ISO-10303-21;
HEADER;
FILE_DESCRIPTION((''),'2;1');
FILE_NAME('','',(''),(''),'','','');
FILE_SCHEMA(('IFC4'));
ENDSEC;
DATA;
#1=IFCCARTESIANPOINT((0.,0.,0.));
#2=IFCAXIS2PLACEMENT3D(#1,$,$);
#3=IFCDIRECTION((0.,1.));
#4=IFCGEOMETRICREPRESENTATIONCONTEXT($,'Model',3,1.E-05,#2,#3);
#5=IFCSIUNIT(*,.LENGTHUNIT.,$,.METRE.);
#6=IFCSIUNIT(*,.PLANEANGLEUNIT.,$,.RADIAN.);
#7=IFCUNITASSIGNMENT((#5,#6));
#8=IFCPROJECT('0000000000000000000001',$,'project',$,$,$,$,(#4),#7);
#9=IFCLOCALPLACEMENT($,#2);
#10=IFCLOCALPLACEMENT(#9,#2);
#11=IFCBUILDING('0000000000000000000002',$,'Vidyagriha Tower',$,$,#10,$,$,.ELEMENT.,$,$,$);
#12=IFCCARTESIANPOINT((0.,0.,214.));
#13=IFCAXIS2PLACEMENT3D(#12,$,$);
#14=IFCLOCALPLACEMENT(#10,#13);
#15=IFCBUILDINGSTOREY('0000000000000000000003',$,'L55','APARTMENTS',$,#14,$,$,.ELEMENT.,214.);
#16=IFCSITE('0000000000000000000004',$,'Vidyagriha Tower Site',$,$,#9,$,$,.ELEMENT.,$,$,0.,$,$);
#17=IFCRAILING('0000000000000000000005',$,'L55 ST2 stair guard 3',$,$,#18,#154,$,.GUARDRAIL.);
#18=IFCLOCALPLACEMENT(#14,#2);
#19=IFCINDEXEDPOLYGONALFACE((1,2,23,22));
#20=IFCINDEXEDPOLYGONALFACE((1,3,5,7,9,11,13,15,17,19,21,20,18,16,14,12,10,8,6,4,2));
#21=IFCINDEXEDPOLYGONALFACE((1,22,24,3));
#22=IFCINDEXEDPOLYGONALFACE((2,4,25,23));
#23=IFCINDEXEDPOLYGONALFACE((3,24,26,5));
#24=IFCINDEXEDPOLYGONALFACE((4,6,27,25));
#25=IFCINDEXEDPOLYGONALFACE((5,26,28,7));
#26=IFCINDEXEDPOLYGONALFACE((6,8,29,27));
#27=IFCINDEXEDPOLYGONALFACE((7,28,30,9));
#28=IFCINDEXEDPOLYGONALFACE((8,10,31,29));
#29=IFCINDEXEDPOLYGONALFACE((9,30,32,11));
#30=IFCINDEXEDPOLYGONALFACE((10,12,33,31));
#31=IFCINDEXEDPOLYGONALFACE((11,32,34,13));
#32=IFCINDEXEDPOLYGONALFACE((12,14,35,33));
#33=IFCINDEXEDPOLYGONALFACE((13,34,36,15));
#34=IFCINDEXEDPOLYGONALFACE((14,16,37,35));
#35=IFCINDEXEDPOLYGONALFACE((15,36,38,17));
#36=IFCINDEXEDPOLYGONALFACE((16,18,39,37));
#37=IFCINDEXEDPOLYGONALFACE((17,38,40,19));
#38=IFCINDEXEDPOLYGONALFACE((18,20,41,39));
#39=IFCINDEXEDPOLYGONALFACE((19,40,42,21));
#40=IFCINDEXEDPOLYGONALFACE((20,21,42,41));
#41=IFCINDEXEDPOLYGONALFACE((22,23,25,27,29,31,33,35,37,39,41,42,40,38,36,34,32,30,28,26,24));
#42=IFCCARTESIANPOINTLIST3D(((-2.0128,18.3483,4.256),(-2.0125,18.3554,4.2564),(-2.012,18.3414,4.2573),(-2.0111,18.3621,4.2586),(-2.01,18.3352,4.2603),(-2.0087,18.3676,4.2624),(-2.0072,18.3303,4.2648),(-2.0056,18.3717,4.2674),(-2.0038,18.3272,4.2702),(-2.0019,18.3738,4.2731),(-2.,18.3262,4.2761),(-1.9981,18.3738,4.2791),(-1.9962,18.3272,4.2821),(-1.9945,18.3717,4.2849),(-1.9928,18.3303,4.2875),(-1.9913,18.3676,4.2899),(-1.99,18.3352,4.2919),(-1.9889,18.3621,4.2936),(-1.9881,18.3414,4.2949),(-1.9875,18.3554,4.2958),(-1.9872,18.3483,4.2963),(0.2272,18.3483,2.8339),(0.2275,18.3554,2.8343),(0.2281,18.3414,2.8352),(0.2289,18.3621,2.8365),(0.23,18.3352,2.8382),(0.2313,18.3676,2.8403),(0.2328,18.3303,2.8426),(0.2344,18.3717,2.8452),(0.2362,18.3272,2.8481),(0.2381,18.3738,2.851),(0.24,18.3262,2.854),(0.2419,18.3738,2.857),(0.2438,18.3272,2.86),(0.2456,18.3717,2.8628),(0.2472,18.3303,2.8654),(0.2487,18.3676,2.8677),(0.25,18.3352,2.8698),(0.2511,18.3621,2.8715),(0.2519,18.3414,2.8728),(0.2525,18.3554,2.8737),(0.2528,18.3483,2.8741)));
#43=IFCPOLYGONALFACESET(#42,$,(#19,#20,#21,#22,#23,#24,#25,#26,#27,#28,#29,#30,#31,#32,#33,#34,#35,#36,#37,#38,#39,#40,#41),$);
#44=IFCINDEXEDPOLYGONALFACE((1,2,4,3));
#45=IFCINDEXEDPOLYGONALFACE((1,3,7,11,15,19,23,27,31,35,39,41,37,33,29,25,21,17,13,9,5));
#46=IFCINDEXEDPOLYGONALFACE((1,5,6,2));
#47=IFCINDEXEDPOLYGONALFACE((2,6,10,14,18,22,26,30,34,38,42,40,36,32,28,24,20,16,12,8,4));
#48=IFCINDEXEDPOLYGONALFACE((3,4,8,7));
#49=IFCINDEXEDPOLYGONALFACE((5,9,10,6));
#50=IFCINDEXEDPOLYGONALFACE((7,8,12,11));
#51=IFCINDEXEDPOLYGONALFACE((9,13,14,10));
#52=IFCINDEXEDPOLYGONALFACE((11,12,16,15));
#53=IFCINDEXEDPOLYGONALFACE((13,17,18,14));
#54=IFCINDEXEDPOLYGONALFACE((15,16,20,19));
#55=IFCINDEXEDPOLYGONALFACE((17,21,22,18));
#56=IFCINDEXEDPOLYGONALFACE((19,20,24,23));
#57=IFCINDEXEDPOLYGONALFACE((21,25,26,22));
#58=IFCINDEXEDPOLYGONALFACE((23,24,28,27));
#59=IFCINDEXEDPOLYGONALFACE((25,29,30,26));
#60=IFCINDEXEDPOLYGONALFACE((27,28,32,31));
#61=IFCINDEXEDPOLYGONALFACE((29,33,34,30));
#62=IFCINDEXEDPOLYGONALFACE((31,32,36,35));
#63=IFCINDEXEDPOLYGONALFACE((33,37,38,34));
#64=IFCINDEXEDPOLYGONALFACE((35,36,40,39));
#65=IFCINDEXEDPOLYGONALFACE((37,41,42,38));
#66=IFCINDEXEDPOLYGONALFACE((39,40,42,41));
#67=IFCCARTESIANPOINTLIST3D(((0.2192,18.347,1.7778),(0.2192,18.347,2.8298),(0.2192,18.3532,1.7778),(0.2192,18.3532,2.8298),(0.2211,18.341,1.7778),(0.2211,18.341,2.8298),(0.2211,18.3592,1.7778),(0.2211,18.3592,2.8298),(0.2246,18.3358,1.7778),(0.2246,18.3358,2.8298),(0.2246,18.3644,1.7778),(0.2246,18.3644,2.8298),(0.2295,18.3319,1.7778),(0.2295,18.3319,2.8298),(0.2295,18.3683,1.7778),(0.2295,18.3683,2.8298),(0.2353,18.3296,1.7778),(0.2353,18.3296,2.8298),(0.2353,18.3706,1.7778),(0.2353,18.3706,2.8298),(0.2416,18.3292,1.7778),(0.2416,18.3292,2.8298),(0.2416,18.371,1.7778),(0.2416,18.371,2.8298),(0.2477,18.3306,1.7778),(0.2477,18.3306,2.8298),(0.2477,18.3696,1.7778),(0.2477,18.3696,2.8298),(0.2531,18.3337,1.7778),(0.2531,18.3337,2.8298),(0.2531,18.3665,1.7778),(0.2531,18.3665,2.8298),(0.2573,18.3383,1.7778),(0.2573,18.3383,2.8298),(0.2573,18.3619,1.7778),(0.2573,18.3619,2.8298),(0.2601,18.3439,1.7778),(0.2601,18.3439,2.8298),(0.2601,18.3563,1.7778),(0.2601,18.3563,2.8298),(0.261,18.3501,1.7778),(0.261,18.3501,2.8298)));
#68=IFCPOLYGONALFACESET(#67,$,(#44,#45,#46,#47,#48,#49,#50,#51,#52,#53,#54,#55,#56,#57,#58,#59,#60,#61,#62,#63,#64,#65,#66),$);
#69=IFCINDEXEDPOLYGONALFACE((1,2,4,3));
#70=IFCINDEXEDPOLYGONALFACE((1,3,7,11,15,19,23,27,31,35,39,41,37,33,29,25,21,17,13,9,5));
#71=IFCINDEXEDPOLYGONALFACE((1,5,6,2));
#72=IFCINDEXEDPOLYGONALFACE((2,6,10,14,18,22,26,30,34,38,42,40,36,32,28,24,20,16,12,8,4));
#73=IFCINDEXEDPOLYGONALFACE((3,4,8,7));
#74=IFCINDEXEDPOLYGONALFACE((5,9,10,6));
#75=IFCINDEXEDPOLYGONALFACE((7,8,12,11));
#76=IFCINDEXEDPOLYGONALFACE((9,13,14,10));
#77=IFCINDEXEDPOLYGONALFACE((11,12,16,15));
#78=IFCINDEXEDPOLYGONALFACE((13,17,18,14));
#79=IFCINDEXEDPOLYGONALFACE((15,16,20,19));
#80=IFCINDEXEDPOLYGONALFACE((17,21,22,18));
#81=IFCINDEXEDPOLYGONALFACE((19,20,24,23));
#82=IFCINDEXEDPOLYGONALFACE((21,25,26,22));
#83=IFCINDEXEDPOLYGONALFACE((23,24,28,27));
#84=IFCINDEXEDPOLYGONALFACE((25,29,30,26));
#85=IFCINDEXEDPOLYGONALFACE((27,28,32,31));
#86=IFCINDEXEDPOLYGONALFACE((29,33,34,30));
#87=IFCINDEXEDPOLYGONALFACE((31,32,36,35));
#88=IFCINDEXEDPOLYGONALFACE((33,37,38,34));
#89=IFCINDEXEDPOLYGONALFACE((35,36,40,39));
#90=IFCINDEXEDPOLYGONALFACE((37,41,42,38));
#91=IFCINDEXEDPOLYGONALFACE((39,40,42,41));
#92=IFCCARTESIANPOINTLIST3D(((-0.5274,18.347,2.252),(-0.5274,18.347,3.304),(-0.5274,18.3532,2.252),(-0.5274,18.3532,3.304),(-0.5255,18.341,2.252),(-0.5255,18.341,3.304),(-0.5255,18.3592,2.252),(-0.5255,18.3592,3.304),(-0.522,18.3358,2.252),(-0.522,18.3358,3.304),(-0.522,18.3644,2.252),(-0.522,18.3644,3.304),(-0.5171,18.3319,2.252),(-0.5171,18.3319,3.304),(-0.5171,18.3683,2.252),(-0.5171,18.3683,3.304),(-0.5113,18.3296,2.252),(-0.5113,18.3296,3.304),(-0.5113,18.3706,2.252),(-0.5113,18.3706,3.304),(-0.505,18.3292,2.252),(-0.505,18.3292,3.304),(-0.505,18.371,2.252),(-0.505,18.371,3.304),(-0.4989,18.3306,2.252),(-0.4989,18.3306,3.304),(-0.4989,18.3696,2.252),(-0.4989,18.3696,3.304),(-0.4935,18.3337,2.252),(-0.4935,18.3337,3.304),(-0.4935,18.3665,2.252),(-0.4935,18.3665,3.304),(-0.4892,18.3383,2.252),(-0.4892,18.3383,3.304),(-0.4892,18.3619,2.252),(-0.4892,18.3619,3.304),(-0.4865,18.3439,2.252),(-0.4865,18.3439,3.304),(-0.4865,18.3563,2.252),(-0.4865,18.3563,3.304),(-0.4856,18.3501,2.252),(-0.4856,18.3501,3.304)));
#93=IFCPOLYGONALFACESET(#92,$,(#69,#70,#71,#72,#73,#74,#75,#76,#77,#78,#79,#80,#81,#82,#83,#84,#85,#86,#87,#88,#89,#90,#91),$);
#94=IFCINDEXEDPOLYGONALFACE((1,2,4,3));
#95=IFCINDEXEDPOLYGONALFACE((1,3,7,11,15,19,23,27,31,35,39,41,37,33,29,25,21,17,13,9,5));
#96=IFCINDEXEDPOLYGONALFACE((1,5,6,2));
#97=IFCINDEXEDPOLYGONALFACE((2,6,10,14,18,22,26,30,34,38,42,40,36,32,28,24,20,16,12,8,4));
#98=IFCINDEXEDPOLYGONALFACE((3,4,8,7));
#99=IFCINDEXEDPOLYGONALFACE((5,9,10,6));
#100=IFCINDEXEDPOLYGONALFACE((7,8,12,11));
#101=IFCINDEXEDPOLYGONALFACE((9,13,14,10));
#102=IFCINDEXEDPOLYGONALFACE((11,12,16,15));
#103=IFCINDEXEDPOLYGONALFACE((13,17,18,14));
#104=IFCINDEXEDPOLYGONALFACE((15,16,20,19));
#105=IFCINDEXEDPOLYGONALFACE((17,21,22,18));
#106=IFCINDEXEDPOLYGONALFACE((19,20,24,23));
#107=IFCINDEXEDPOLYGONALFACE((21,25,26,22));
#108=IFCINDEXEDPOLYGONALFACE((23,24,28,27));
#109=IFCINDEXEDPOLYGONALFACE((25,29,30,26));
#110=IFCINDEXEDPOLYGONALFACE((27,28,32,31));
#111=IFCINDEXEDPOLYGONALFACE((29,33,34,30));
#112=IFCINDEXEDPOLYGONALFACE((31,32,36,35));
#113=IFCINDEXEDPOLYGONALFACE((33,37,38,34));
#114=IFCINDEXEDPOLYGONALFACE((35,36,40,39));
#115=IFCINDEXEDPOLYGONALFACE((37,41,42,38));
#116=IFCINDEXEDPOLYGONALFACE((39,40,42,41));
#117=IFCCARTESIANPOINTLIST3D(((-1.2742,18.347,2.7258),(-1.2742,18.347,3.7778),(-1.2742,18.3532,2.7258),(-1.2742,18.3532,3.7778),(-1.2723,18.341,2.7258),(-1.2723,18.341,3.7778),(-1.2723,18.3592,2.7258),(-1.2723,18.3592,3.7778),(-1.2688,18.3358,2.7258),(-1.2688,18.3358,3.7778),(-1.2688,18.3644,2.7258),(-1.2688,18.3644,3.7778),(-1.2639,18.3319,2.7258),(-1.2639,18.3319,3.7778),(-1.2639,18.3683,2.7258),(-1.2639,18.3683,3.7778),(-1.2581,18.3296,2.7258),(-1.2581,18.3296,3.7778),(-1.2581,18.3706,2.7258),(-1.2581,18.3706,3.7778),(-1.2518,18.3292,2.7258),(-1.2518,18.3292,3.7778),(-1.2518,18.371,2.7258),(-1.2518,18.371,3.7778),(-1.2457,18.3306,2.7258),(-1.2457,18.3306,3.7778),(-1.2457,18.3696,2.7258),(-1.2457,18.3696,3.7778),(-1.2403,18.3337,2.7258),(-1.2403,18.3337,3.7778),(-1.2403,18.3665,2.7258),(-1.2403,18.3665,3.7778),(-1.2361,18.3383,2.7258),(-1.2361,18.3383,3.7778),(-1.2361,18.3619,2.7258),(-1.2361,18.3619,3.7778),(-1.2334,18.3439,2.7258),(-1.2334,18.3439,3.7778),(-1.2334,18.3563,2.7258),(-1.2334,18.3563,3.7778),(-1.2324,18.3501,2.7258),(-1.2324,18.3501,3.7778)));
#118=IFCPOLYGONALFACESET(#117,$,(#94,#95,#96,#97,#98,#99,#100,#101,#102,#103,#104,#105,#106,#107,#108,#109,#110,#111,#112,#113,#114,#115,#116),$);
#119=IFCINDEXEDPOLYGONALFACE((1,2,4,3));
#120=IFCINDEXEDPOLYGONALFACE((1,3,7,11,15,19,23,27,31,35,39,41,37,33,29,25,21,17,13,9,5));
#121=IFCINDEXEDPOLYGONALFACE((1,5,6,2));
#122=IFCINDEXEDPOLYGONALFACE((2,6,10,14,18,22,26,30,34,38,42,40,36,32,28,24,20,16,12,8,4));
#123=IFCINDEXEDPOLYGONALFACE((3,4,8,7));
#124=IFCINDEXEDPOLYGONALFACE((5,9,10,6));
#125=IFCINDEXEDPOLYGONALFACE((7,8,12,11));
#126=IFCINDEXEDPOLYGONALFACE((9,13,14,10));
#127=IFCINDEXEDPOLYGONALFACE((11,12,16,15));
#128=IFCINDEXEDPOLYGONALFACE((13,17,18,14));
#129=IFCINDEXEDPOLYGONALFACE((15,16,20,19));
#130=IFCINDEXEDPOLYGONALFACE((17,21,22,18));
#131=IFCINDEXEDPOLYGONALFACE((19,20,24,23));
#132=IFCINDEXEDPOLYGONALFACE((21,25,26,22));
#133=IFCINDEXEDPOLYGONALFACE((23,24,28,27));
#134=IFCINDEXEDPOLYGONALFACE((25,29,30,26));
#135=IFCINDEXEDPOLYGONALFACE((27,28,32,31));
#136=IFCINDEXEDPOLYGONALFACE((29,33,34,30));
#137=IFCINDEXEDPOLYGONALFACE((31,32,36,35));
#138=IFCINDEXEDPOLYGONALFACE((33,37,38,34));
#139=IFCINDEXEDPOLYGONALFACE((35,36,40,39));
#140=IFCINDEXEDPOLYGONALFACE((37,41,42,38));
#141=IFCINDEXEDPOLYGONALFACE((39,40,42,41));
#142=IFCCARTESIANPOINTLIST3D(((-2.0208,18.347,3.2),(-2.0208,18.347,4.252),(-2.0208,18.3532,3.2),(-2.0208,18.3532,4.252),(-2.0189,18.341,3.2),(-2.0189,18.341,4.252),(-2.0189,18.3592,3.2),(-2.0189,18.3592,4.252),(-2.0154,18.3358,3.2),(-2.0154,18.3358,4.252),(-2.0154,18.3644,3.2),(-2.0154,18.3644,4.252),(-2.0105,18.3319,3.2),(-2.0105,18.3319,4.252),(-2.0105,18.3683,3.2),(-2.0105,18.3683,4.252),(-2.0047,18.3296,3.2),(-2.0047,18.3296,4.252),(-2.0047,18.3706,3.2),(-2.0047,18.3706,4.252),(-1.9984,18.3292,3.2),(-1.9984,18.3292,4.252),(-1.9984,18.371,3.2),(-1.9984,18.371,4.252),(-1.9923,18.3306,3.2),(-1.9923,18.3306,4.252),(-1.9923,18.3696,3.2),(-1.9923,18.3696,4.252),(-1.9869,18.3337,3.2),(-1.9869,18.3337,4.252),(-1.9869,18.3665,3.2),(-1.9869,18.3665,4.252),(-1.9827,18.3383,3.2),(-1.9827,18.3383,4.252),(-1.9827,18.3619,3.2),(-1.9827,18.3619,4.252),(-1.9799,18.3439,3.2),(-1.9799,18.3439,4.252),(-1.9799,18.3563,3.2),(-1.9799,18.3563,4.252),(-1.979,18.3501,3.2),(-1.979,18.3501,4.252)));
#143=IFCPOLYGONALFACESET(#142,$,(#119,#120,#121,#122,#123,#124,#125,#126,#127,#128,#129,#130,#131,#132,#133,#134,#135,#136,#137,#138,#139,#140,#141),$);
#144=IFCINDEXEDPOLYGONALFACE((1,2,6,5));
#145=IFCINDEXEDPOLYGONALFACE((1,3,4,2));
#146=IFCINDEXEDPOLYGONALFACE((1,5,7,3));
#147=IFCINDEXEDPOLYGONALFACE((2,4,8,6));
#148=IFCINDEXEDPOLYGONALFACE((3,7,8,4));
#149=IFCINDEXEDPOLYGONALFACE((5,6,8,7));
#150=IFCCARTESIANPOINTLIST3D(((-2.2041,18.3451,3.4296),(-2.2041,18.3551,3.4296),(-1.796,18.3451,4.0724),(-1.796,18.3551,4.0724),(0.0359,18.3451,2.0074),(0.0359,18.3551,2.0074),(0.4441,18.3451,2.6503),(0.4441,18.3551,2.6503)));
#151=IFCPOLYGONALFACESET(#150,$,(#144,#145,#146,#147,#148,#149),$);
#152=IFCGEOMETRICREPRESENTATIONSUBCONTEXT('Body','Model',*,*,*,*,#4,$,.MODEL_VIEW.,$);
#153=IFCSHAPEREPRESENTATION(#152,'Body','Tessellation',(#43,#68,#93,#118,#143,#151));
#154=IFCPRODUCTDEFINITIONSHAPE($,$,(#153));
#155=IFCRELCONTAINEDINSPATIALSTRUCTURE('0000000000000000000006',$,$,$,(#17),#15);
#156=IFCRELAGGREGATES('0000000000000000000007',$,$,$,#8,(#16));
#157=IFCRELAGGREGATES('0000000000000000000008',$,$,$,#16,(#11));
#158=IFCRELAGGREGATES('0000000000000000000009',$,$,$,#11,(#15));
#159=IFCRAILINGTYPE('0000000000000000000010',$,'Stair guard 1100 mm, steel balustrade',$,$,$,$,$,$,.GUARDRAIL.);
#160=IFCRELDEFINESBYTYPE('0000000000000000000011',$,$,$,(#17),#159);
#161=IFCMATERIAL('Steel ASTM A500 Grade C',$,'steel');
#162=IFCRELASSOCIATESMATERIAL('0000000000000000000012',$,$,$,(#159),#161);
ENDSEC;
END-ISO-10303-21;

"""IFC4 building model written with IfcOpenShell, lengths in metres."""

from ifc_helpers import new_model, si_unit, direction, frame, origin, origin_2d, place, context, subcontext, project, spatial, rectangle, circle, extrude, material, type_object, element, save


model = new_model("IFC4")

# Units and contexts
model_context = context("Model", 3, precision=1e-05, world=origin(), true_north=direction((0.0, 1.0)))
body_context = subcontext(model_context, "Body", "Model", "MODEL_VIEW")
ifc_project = project(units=[si_unit("LENGTHUNIT", "METRE"), si_unit("PLANEANGLEUNIT", "RADIAN")], contexts=[model_context])

# Site, building, storey
site_placement = place(None, origin())
site = spatial("IfcSite", under=ifc_project, at=site_placement, Name="Vidyagriha Tower Site", CompositionType="ELEMENT", RefElevation=0.0)
building_placement = place(site_placement, origin())
building = spatial("IfcBuilding", under=site, at=building_placement, Name="Vidyagriha Tower", CompositionType="ELEMENT")
storey_placement = place(building_placement, frame((0.0, 0.0, 214.0)))
storey = spatial("IfcBuildingStorey", under=building, at=storey_placement, Name="L55", Description="APARTMENTS", CompositionType="ELEMENT", Elevation=214.0)

# Railing
ifc_material_1 = material(Name="Steel ASTM A500 Grade C", Category="steel")
railing_type_1 = type_object("IfcRailingType", Name="Stair guard 1100 mm, steel balustrade", PredefinedType="GUARDRAIL", material=ifc_material_1)
railing_1_placement = place(storey_placement, frame((0.24, 18.3501, 1.7778)))
element("IfcRailing", 1, at=railing_1_placement, inside=storey, type_object=railing_type_1, Name="L55 ST2 stair guard 3", PredefinedType="GUARDRAIL", context=body_context, shape_type="SweptSolid", body=[
    extrude(circle(Radius=0.0239, at=origin_2d()), frame((0.0, 0.0, 1.0762), z_axis=(-0.844229, 0.0, 0.535982), x_axis=(0.0, -1.0, 0.0)), (0.0, 0.0, 1.0), 2.6533),
    extrude(circle(Radius=0.021, at=origin_2d()), origin(), (0.0, 0.0, 1.0), 1.052),
    extrude(circle(Radius=0.021, at=origin_2d()), frame((-0.7466, 0.0, 0.4741)), (0.0, 0.0, 1.0), 1.052),
    extrude(circle(Radius=0.021, at=origin_2d()), frame((-1.4934, 0.0, 0.948)), (0.0, 0.0, 1.0), 1.052),
    extrude(circle(Radius=0.021, at=origin_2d()), frame((-2.24, 0.0, 1.4221)), (0.0, 0.0, 1.0), 1.052),
    extrude(rectangle(XDim=0.01, YDim=0.7615, at=origin_2d()), frame((0.0, 0.0, 0.551), z_axis=(-0.844229, 0.0, 0.535982), x_axis=(0.0, -1.0, 0.0)), (0.0, 0.0, 1.0), 2.6533),
])

save(model, "model.ifc")
